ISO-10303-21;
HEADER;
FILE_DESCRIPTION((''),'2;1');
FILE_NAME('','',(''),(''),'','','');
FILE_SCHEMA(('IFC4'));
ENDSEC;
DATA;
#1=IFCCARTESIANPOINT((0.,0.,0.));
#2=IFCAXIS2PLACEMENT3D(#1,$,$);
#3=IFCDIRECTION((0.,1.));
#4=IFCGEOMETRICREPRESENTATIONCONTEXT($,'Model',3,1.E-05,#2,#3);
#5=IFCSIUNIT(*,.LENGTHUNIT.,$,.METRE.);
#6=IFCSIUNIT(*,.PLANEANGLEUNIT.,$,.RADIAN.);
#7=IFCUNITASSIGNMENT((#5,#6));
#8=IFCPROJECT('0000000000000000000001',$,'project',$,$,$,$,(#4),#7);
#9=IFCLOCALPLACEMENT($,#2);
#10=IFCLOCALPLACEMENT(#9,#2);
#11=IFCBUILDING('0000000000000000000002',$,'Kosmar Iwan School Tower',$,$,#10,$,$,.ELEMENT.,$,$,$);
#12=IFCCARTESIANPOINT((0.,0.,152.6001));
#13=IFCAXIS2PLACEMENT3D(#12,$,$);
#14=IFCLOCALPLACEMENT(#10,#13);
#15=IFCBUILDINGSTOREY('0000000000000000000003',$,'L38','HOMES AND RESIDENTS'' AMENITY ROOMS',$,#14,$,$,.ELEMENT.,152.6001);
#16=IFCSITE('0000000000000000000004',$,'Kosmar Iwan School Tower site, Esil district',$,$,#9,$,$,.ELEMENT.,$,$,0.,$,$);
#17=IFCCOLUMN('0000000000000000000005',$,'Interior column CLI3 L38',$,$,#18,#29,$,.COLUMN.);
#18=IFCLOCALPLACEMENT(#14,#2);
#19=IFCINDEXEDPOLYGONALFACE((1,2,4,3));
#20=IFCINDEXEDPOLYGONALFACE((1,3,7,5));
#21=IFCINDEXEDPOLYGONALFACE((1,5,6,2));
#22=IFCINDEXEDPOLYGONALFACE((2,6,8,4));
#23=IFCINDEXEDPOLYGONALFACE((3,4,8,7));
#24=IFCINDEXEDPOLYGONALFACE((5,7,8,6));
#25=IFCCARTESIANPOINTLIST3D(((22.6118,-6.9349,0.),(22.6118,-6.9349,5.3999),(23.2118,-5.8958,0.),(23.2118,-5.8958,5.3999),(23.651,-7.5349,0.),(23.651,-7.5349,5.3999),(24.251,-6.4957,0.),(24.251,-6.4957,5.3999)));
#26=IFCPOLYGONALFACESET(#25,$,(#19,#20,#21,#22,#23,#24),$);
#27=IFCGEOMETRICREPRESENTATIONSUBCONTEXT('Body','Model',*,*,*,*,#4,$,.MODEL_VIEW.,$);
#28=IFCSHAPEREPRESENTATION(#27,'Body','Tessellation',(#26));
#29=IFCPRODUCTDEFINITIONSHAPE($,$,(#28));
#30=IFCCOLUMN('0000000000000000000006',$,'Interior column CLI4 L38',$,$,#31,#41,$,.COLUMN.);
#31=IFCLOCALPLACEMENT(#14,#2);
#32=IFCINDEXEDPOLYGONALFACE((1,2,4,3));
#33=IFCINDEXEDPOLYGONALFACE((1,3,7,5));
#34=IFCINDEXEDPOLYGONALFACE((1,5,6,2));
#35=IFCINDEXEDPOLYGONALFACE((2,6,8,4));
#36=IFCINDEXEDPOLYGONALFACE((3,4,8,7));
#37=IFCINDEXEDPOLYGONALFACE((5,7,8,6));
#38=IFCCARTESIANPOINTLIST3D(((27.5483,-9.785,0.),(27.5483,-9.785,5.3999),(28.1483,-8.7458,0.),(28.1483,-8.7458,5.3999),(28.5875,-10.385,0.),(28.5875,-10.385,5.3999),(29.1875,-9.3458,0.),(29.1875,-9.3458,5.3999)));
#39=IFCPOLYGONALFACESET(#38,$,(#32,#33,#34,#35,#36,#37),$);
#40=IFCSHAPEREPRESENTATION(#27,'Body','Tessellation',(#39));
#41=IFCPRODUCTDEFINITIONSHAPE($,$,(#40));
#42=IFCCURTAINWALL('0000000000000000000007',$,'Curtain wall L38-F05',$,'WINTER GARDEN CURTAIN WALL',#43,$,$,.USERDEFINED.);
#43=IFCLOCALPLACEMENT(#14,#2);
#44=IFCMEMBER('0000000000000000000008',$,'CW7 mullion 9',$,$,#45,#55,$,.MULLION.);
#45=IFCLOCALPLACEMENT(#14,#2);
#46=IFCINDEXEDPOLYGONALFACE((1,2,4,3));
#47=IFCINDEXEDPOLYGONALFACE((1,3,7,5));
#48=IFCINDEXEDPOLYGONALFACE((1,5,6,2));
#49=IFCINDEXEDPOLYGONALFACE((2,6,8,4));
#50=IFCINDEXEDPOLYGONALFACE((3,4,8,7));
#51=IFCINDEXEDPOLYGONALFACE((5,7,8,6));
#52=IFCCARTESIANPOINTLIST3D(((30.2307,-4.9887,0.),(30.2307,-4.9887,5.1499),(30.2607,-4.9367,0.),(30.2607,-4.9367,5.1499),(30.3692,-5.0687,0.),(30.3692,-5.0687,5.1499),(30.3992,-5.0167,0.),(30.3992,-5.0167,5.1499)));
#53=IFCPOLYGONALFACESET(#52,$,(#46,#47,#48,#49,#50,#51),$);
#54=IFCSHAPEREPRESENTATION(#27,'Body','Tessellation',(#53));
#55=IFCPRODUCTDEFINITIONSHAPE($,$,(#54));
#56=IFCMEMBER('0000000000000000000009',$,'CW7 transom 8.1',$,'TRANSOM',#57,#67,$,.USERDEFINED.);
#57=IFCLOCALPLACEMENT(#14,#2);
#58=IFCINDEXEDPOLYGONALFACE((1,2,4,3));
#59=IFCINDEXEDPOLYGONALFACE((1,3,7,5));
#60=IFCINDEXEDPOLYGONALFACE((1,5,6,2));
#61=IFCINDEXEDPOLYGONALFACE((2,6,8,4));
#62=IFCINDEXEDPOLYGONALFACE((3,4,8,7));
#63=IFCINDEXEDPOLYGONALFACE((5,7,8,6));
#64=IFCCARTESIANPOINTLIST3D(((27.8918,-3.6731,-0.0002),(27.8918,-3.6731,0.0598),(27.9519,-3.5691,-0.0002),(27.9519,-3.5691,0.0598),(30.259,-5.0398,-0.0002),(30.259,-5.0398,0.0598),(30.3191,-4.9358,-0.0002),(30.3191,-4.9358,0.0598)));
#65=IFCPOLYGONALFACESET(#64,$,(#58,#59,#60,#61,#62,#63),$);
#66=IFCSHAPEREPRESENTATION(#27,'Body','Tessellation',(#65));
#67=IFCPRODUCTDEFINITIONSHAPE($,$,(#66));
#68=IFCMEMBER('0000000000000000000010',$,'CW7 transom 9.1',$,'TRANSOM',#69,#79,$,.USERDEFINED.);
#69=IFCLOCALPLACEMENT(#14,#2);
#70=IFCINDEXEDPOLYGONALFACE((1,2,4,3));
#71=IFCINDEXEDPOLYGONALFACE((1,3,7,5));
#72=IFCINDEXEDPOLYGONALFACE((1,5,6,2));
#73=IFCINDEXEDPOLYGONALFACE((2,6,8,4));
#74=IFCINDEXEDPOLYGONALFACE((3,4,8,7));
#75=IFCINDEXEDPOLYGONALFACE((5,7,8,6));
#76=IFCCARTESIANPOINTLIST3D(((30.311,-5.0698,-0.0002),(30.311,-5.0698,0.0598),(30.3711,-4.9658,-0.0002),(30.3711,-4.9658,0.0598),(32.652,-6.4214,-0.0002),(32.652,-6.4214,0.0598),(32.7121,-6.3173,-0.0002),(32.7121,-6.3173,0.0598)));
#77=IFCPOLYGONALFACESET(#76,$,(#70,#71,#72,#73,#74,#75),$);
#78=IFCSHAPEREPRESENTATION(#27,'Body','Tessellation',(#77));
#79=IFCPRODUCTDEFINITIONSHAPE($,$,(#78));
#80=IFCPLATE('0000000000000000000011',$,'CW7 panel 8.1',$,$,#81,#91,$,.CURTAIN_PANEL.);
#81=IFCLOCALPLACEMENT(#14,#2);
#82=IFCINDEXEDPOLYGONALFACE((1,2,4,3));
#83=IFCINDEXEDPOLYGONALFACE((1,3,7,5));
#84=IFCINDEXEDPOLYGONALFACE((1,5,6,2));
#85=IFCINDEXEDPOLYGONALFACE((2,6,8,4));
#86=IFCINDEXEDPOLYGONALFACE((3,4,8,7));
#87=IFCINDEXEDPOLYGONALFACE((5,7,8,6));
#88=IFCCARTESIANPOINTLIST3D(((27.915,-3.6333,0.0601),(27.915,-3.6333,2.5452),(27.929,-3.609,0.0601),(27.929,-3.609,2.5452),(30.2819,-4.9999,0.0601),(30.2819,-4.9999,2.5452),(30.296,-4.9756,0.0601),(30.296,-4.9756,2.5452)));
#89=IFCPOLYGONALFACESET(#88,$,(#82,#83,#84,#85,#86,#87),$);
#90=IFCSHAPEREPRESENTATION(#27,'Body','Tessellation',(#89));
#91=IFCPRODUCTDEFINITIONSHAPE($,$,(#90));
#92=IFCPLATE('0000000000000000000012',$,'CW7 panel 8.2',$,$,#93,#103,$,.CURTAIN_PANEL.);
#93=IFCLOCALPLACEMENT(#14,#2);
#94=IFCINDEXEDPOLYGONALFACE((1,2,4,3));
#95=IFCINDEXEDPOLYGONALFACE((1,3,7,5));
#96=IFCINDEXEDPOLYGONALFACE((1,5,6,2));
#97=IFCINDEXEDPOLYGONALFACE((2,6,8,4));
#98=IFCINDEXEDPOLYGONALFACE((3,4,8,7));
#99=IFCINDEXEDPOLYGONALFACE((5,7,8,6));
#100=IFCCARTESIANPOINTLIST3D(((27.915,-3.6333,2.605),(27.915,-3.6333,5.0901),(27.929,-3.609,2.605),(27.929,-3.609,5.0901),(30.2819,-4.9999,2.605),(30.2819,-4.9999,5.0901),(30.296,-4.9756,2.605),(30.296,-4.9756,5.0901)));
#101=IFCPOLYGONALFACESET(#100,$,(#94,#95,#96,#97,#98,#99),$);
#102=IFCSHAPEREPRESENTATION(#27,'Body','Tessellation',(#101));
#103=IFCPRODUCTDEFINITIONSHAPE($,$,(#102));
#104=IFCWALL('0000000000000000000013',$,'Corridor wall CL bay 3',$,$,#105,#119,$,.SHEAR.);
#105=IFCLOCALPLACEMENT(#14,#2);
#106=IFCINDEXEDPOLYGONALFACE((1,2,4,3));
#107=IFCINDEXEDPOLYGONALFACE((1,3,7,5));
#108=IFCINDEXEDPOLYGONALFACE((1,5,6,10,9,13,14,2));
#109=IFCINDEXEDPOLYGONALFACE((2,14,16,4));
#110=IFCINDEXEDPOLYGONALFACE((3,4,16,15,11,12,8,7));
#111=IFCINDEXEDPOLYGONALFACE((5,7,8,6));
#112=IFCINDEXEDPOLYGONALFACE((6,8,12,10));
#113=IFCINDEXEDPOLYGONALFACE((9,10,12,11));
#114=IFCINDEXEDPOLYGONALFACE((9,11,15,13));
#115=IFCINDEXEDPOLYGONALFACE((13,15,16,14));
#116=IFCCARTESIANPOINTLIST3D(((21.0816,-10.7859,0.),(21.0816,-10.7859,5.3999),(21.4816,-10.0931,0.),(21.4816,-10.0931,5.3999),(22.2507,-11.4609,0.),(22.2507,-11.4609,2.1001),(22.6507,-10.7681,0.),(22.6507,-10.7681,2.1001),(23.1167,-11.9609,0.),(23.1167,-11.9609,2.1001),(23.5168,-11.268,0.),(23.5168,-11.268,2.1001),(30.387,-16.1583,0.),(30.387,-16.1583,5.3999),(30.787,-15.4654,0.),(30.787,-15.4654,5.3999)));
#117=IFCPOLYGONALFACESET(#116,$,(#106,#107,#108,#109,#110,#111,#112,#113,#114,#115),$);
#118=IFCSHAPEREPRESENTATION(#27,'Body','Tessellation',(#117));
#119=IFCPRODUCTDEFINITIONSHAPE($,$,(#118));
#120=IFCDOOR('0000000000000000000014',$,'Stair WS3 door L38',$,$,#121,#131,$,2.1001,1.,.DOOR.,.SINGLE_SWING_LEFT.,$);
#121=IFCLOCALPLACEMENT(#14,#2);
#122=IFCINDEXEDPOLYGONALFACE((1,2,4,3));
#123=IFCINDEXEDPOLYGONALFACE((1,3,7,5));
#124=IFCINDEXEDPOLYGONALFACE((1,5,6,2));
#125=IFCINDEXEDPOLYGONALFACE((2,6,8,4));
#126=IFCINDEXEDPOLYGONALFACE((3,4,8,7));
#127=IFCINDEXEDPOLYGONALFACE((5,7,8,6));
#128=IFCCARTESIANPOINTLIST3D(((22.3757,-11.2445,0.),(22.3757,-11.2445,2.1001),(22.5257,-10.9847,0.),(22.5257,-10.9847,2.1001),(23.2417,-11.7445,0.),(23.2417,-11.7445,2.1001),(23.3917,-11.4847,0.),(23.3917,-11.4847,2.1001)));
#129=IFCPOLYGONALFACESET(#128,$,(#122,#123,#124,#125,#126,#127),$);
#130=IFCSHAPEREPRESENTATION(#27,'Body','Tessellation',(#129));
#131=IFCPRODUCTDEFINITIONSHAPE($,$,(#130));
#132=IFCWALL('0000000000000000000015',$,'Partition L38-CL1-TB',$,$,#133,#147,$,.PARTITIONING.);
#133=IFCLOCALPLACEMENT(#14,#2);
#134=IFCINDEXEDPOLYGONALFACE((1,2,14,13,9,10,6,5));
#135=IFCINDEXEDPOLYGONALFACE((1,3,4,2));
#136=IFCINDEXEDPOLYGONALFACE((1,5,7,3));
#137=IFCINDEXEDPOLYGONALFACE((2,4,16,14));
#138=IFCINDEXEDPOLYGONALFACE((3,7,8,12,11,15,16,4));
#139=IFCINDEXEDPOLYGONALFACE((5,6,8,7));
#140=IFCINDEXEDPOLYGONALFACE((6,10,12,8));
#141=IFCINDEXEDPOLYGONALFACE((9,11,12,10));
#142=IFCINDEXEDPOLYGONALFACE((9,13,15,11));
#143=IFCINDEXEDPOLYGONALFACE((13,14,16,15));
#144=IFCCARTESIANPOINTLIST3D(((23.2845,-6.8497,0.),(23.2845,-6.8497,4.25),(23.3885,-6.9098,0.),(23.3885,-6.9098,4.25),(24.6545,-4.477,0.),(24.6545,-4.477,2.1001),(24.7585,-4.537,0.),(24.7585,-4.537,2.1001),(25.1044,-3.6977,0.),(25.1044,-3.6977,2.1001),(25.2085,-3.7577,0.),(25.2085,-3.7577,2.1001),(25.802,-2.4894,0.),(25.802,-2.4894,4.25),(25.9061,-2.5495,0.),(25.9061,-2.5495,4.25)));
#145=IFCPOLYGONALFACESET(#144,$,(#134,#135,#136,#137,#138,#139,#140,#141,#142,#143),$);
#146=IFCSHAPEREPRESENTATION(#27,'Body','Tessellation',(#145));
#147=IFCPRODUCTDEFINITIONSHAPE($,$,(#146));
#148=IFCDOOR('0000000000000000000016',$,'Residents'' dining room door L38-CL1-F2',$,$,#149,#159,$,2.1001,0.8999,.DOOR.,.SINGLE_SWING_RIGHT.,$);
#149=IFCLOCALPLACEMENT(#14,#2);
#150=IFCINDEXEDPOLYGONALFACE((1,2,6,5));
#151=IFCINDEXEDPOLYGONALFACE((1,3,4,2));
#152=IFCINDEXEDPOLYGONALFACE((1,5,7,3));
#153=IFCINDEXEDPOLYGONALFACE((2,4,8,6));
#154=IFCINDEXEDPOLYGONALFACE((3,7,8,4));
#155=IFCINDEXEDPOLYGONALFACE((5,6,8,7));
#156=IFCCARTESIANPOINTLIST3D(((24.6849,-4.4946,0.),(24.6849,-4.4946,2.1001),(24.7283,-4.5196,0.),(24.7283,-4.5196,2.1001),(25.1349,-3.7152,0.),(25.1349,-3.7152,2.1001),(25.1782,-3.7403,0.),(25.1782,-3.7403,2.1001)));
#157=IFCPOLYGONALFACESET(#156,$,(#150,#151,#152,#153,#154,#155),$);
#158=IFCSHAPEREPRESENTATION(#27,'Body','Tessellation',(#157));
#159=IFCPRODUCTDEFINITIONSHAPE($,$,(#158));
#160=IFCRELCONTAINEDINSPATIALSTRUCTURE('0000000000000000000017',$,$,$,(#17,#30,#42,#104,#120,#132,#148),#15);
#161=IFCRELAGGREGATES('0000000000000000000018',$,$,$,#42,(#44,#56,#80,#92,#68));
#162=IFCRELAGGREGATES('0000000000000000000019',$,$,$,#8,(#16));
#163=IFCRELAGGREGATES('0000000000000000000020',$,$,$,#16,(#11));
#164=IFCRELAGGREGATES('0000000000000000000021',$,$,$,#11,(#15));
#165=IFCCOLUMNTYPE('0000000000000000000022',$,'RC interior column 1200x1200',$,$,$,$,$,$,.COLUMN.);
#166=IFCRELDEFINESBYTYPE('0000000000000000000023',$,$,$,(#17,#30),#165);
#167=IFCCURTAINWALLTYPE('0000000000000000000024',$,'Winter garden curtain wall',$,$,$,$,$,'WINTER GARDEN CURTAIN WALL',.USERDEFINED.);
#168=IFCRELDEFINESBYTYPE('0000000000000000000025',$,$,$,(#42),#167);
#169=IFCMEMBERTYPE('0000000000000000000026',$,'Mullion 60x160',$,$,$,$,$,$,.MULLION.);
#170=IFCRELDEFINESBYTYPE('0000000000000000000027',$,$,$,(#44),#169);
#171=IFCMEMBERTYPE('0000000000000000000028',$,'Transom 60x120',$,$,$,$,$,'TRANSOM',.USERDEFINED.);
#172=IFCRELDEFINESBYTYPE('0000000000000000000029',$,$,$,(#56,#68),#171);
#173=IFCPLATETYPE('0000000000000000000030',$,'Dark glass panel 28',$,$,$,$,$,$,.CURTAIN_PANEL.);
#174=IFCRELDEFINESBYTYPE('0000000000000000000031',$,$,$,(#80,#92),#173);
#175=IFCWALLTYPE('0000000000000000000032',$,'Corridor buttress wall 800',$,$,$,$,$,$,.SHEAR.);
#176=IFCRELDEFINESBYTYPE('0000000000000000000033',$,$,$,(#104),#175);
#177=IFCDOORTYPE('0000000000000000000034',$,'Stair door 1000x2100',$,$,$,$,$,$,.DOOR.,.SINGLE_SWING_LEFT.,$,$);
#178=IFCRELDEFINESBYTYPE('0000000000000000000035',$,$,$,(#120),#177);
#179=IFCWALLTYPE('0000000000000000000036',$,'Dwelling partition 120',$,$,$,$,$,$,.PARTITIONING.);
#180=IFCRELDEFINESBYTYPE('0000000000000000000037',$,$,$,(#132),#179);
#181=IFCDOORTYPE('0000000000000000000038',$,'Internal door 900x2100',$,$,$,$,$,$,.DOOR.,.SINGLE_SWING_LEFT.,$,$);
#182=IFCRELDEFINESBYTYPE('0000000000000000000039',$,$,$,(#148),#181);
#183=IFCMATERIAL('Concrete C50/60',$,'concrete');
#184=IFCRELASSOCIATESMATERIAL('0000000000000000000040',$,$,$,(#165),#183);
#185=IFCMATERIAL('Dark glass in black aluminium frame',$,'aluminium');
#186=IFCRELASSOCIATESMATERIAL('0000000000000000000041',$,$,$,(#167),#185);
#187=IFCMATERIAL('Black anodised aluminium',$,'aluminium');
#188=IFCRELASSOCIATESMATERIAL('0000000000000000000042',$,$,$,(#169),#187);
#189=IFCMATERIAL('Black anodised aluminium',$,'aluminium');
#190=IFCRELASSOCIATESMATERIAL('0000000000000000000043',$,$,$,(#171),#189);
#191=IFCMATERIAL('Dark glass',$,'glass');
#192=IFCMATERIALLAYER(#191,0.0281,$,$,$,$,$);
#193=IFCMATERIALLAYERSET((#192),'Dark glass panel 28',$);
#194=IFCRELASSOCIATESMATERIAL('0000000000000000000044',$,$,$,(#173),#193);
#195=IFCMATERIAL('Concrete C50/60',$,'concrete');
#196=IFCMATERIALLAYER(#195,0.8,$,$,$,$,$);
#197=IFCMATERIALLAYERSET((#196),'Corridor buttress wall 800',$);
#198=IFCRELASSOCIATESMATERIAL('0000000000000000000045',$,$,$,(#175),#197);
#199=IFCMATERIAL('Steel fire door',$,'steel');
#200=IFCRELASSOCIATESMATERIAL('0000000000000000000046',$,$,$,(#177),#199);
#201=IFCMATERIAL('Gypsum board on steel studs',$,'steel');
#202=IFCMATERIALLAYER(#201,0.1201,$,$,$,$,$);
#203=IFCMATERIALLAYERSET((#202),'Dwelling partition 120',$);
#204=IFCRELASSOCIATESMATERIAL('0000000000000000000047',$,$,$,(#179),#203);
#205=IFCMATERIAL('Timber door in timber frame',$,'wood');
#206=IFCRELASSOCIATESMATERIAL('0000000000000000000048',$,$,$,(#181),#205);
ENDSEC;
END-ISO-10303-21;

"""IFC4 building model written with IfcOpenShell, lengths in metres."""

from ifc_helpers import new_model, si_unit, direction, frame, frame_2d, origin, origin_2d, place, context, subcontext, project, spatial, rectangle, extrude, material, layer, layer_set, material_profile, profile_set, type_object, element, fill, aggregate, save


model = new_model("IFC4")

# Units and contexts
model_context = context("Model", 3, precision=1e-05, world=origin(), true_north=direction((0.0, 1.0)))
body_context = subcontext(model_context, "Body", "Model", "MODEL_VIEW")
ifc_project = project(units=[si_unit("LENGTHUNIT", "METRE"), si_unit("PLANEANGLEUNIT", "RADIAN")], contexts=[model_context])

# Site, building, storey
site_placement = place(None, origin())
site = spatial("IfcSite", under=ifc_project, at=site_placement, Name="Kosmar Iwan School Tower site, Esil district", CompositionType="ELEMENT", RefElevation=0.0)
building_placement = place(site_placement, origin())
building = spatial("IfcBuilding", under=site, at=building_placement, Name="Kosmar Iwan School Tower", CompositionType="ELEMENT")
storey_placement = place(building_placement, frame((0.0, 0.0, 152.6001)))
storey = spatial("IfcBuildingStorey", under=building, at=storey_placement, Name="L38", Description="HOMES AND RESIDENTS' AMENITY ROOMS", CompositionType="ELEMENT", Elevation=152.6001)

# Columns
ifc_material_1 = material(Name="Concrete C50/60", Category="concrete")
ifc_material_profile_1 = material_profile(ifc_material_1, rectangle(XDim=1.2, YDim=1.2, at=origin_2d()), Name="RC 1200x1200")
ifc_profile_set_1 = profile_set([ifc_material_profile_1], Name="Concrete C50/60")
column_type = type_object("IfcColumnType", Name="RC interior column 1200x1200", PredefinedType="COLUMN", material=ifc_profile_set_1)
for number, where, z_axis, x_axis, name in (
    (1, (23.4314, -6.7153, 0.0), (0.0, 0.0, 1.0), (0.866025, -0.5, 0.0), "Interior column CLI3 L38"),
    (2, (28.3679, -9.5654, 0.0), (0.0, 0.0, 1.0), (0.866025, -0.5, 0.0), "Interior column CLI4 L38"),
):
    element("IfcColumn", number, at=place(storey_placement, frame(where, z_axis=z_axis, x_axis=x_axis)), inside=storey, type_object=column_type, Name=name, PredefinedType="COLUMN", context=body_context, shape_type="SweptSolid", body=[
        extrude(rectangle(XDim=1.2, YDim=1.2, at=origin_2d()), origin(), (0.0, 0.0, 1.0), 5.3999),
    ])

# Curtain wall, members, plates
ifc_material_2 = material(Name="Dark glass in black aluminium frame", Category="aluminium")
curtain_wall_type = type_object("IfcCurtainWallType", Name="Winter garden curtain wall", ElementType="WINTER GARDEN CURTAIN WALL", PredefinedType="USERDEFINED", material=ifc_material_2)
curtain_wall_placement = place(storey_placement, origin())
curtain_wall = element("IfcCurtainWall", 3, at=curtain_wall_placement, inside=storey, type_object=curtain_wall_type, Name="Curtain wall L38-F05", ObjectType="WINTER GARDEN CURTAIN WALL", PredefinedType="USERDEFINED")
ifc_material_3 = material(Name="Black anodised aluminium", Category="aluminium")
ifc_material_profile_2 = material_profile(ifc_material_3, rectangle(XDim=0.0601, YDim=0.1599, at=origin_2d()), Name="MULLION 60x160")
ifc_profile_set_2 = profile_set([ifc_material_profile_2], Name="Black anodised aluminium")
member_type_1 = type_object("IfcMemberType", Name="Mullion 60x160", PredefinedType="MULLION", material=ifc_profile_set_2)
member_1_placement = place(storey_placement, frame((30.3149, -5.0027, 0.0), z_axis=(0.0, 0.0, 1.0), x_axis=(0.5, 0.866025, 0.0)))
member_1 = element("IfcMember", 4, at=member_1_placement, type_object=member_type_1, Name="CW7 mullion 9", PredefinedType="MULLION", context=body_context, shape_type="SweptSolid", body=[
    extrude(rectangle(XDim=0.0601, YDim=0.1599, at=origin_2d()), origin(), (0.0, 0.0, 1.0), 5.1499),
])
ifc_material_4 = material(Name="Black anodised aluminium", Category="aluminium")
ifc_material_profile_3 = material_profile(ifc_material_4, rectangle(XDim=0.1201, YDim=0.0601, at=origin_2d()), Name="TRANSOM 60x120")
ifc_profile_set_3 = profile_set([ifc_material_profile_3], Name="Black anodised aluminium")
member_type_2 = type_object("IfcMemberType", Name="Transom 60x120", ElementType="TRANSOM", PredefinedType="USERDEFINED", material=ifc_profile_set_3)
member_2_placement = place(storey_placement, frame((27.9219, -3.6211, 0.0298), z_axis=(0.866025, -0.500001, 0.0), x_axis=(0.500001, 0.866025, 0.0)))
member_2 = element("IfcMember", 5, at=member_2_placement, type_object=member_type_2, Name="CW7 transom 8.1", ObjectType="TRANSOM", PredefinedType="USERDEFINED", context=body_context, shape_type="SweptSolid", body=[
    extrude(rectangle(XDim=0.1201, YDim=0.0601, at=origin_2d()), origin(), (0.0, 0.0, 1.0), 2.7334),
])
member_3_placement = place(storey_placement, frame((30.3411, -5.0178, 0.0298), z_axis=(0.866034, -0.499986, 0.0), x_axis=(0.499986, 0.866034, 0.0)))
member_3 = element("IfcMember", 6, at=member_3_placement, type_object=member_type_2, Name="CW7 transom 9.1", ObjectType="TRANSOM", PredefinedType="USERDEFINED", context=body_context, shape_type="SweptSolid", body=[
    extrude(rectangle(XDim=0.1201, YDim=0.0601, at=origin_2d()), origin(), (0.0, 0.0, 1.0), 2.7031),
])
ifc_material_5 = material(Name="Dark glass", Category="glass")
ifc_layer_1 = layer(ifc_material_5, 0.0281)
ifc_layer_set_1 = layer_set([ifc_layer_1], Name="Dark glass panel 28")
plate_type = type_object("IfcPlateType", Name="Dark glass panel 28", PredefinedType="CURTAIN_PANEL", material=ifc_layer_set_1)
plate_1_placement = place(storey_placement, frame((29.1055, -4.3044, 0.0601), z_axis=(0.0, 0.0, 1.0), x_axis=(0.866025, -0.5, 0.0)))
plate_1 = element("IfcPlate", 7, at=plate_1_placement, type_object=plate_type, Name="CW7 panel 8.1", PredefinedType="CURTAIN_PANEL", context=body_context, shape_type="SweptSolid", body=[
    extrude(rectangle(XDim=2.7332, YDim=0.0281, at=origin_2d()), origin(), (0.0, 0.0, 1.0), 2.4851),
])
plate_2_placement = place(storey_placement, frame((29.1055, -4.3044, 2.605), z_axis=(0.0, 0.0, 1.0), x_axis=(0.866025, -0.5, 0.0)))
plate_2 = element("IfcPlate", 8, at=plate_2_placement, type_object=plate_type, Name="CW7 panel 8.2", PredefinedType="CURTAIN_PANEL", context=body_context, shape_type="SweptSolid", body=[
    extrude(rectangle(XDim=2.7332, YDim=0.0281, at=origin_2d()), origin(), (0.0, 0.0, 1.0), 2.4851),
])
aggregate(curtain_wall, [member_1, member_2, plate_1, plate_2, member_3])

# Walls, openings, doors
ifc_material_6 = material(Name="Concrete C50/60", Category="concrete")
ifc_layer_2 = layer(ifc_material_6, 0.8)
ifc_layer_set_2 = layer_set([ifc_layer_2], Name="Corridor buttress wall 800")
wall_type_1 = type_object("IfcWallType", Name="Corridor buttress wall 800", PredefinedType="SHEAR", material=ifc_layer_set_2)
wall_1_placement = place(storey_placement, frame((21.2815, -10.4395, 0.0), z_axis=(0.0, 0.0, 1.0), x_axis=(0.866032, -0.499988, 0.0)))
wall_1 = element("IfcWall", 9, at=wall_1_placement, inside=storey, type_object=wall_type_1, Name="Corridor wall CL bay 3", PredefinedType="SHEAR", context=body_context, shape_type="SweptSolid", body=[
    extrude(rectangle(XDim=10.7449, YDim=0.8, at=frame_2d((5.3726, 0.0))), origin(), (0.0, 0.0, 1.0), 5.3999),
])
opening_1_placement = place(wall_1_placement, frame((1.3501, 0.0, 0.0)))
opening_1 = element("IfcOpeningElement", 10, at=opening_1_placement, cuts=wall_1, PredefinedType="OPENING", context=body_context, shape_type="SweptSolid", body=[
    extrude(rectangle(XDim=1.0, YDim=2.1001, at=frame_2d((0.5, 1.05))), frame((0.0, 0.4121, 0.0), z_axis=(0.0, -1.0, 0.0), x_axis=(1.0, 0.0, 0.0)), (0.0, 0.0, 1.0), 0.824),
])
ifc_material_7 = material(Name="Steel fire door", Category="steel")
door_type_1 = type_object("IfcDoorType", Name="Stair door 1000x2100", OperationType="SINGLE_SWING_LEFT", PredefinedType="DOOR", material=ifc_material_7)
door_1_placement = place(opening_1_placement, origin())
door_1 = element("IfcDoor", 11, at=door_1_placement, inside=storey, type_object=door_type_1, Name="Stair WS3 door L38", OperationType="SINGLE_SWING_LEFT", OverallHeight=2.1001, OverallWidth=1.0, PredefinedType="DOOR", context=body_context, shape_type="SweptSolid", body=[
    extrude(rectangle(XDim=1.0, YDim=2.1001, at=frame_2d((0.5, 1.05))), frame((0.0, 0.1499, 0.0), z_axis=(0.0, -1.0, 0.0), x_axis=(1.0, 0.0, 0.0)), (0.0, 0.0, 1.0), 0.3),
])
fill(opening_1, door_1)
ifc_material_8 = material(Name="Gypsum board on steel studs", Category="steel")
ifc_layer_3 = layer(ifc_material_8, 0.1201)
ifc_layer_set_3 = layer_set([ifc_layer_3], Name="Dwelling partition 120")
wall_type_2 = type_object("IfcWallType", Name="Dwelling partition 120", PredefinedType="PARTITIONING", material=ifc_layer_set_3)
wall_2_placement = place(storey_placement, frame((23.3364, -6.8799, 0.0), z_axis=(0.0, 0.0, 1.0), x_axis=(0.500019, 0.866014, 0.0)))
wall_2 = element("IfcWall", 12, at=wall_2_placement, inside=storey, type_object=wall_type_2, Name="Partition L38-CL1-TB", PredefinedType="PARTITIONING", context=body_context, shape_type="SweptSolid", body=[
    extrude(rectangle(XDim=5.0349, YDim=0.1201, at=frame_2d((2.5176, 0.0))), origin(), (0.0, 0.0, 1.0), 4.25),
])
opening_2_placement = place(wall_2_placement, frame((2.74, 0.0, 0.0)))
opening_2 = element("IfcOpeningElement", 13, at=opening_2_placement, cuts=wall_2, PredefinedType="OPENING", context=body_context, shape_type="SweptSolid", body=[
    extrude(rectangle(XDim=0.8999, YDim=2.1001, at=frame_2d((0.45, 1.05))), frame((0.0, 0.072, 0.0), z_axis=(0.0, -1.0, 0.0), x_axis=(1.0, 0.0, 0.0)), (0.0, 0.0, 1.0), 0.144),
])
ifc_material_9 = material(Name="Timber door in timber frame", Category="wood")
door_type_2 = type_object("IfcDoorType", Name="Internal door 900x2100", OperationType="SINGLE_SWING_LEFT", PredefinedType="DOOR", material=ifc_material_9)
door_2_placement = place(opening_2_placement, origin())
door_2 = element("IfcDoor", 14, at=door_2_placement, inside=storey, type_object=door_type_2, Name="Residents' dining room door L38-CL1-F2", OperationType="SINGLE_SWING_RIGHT", OverallHeight=2.1001, OverallWidth=0.8999, PredefinedType="DOOR", context=body_context, shape_type="SweptSolid", body=[
    extrude(rectangle(XDim=0.8999, YDim=2.1001, at=frame_2d((0.45, 1.05))), frame((0.0, 0.0249, 0.0), z_axis=(0.0, -1.0, 0.0), x_axis=(1.0, 0.0, 0.0)), (0.0, 0.0, 1.0), 0.05),
])
fill(opening_2, door_2)

save(model, "model.ifc")
